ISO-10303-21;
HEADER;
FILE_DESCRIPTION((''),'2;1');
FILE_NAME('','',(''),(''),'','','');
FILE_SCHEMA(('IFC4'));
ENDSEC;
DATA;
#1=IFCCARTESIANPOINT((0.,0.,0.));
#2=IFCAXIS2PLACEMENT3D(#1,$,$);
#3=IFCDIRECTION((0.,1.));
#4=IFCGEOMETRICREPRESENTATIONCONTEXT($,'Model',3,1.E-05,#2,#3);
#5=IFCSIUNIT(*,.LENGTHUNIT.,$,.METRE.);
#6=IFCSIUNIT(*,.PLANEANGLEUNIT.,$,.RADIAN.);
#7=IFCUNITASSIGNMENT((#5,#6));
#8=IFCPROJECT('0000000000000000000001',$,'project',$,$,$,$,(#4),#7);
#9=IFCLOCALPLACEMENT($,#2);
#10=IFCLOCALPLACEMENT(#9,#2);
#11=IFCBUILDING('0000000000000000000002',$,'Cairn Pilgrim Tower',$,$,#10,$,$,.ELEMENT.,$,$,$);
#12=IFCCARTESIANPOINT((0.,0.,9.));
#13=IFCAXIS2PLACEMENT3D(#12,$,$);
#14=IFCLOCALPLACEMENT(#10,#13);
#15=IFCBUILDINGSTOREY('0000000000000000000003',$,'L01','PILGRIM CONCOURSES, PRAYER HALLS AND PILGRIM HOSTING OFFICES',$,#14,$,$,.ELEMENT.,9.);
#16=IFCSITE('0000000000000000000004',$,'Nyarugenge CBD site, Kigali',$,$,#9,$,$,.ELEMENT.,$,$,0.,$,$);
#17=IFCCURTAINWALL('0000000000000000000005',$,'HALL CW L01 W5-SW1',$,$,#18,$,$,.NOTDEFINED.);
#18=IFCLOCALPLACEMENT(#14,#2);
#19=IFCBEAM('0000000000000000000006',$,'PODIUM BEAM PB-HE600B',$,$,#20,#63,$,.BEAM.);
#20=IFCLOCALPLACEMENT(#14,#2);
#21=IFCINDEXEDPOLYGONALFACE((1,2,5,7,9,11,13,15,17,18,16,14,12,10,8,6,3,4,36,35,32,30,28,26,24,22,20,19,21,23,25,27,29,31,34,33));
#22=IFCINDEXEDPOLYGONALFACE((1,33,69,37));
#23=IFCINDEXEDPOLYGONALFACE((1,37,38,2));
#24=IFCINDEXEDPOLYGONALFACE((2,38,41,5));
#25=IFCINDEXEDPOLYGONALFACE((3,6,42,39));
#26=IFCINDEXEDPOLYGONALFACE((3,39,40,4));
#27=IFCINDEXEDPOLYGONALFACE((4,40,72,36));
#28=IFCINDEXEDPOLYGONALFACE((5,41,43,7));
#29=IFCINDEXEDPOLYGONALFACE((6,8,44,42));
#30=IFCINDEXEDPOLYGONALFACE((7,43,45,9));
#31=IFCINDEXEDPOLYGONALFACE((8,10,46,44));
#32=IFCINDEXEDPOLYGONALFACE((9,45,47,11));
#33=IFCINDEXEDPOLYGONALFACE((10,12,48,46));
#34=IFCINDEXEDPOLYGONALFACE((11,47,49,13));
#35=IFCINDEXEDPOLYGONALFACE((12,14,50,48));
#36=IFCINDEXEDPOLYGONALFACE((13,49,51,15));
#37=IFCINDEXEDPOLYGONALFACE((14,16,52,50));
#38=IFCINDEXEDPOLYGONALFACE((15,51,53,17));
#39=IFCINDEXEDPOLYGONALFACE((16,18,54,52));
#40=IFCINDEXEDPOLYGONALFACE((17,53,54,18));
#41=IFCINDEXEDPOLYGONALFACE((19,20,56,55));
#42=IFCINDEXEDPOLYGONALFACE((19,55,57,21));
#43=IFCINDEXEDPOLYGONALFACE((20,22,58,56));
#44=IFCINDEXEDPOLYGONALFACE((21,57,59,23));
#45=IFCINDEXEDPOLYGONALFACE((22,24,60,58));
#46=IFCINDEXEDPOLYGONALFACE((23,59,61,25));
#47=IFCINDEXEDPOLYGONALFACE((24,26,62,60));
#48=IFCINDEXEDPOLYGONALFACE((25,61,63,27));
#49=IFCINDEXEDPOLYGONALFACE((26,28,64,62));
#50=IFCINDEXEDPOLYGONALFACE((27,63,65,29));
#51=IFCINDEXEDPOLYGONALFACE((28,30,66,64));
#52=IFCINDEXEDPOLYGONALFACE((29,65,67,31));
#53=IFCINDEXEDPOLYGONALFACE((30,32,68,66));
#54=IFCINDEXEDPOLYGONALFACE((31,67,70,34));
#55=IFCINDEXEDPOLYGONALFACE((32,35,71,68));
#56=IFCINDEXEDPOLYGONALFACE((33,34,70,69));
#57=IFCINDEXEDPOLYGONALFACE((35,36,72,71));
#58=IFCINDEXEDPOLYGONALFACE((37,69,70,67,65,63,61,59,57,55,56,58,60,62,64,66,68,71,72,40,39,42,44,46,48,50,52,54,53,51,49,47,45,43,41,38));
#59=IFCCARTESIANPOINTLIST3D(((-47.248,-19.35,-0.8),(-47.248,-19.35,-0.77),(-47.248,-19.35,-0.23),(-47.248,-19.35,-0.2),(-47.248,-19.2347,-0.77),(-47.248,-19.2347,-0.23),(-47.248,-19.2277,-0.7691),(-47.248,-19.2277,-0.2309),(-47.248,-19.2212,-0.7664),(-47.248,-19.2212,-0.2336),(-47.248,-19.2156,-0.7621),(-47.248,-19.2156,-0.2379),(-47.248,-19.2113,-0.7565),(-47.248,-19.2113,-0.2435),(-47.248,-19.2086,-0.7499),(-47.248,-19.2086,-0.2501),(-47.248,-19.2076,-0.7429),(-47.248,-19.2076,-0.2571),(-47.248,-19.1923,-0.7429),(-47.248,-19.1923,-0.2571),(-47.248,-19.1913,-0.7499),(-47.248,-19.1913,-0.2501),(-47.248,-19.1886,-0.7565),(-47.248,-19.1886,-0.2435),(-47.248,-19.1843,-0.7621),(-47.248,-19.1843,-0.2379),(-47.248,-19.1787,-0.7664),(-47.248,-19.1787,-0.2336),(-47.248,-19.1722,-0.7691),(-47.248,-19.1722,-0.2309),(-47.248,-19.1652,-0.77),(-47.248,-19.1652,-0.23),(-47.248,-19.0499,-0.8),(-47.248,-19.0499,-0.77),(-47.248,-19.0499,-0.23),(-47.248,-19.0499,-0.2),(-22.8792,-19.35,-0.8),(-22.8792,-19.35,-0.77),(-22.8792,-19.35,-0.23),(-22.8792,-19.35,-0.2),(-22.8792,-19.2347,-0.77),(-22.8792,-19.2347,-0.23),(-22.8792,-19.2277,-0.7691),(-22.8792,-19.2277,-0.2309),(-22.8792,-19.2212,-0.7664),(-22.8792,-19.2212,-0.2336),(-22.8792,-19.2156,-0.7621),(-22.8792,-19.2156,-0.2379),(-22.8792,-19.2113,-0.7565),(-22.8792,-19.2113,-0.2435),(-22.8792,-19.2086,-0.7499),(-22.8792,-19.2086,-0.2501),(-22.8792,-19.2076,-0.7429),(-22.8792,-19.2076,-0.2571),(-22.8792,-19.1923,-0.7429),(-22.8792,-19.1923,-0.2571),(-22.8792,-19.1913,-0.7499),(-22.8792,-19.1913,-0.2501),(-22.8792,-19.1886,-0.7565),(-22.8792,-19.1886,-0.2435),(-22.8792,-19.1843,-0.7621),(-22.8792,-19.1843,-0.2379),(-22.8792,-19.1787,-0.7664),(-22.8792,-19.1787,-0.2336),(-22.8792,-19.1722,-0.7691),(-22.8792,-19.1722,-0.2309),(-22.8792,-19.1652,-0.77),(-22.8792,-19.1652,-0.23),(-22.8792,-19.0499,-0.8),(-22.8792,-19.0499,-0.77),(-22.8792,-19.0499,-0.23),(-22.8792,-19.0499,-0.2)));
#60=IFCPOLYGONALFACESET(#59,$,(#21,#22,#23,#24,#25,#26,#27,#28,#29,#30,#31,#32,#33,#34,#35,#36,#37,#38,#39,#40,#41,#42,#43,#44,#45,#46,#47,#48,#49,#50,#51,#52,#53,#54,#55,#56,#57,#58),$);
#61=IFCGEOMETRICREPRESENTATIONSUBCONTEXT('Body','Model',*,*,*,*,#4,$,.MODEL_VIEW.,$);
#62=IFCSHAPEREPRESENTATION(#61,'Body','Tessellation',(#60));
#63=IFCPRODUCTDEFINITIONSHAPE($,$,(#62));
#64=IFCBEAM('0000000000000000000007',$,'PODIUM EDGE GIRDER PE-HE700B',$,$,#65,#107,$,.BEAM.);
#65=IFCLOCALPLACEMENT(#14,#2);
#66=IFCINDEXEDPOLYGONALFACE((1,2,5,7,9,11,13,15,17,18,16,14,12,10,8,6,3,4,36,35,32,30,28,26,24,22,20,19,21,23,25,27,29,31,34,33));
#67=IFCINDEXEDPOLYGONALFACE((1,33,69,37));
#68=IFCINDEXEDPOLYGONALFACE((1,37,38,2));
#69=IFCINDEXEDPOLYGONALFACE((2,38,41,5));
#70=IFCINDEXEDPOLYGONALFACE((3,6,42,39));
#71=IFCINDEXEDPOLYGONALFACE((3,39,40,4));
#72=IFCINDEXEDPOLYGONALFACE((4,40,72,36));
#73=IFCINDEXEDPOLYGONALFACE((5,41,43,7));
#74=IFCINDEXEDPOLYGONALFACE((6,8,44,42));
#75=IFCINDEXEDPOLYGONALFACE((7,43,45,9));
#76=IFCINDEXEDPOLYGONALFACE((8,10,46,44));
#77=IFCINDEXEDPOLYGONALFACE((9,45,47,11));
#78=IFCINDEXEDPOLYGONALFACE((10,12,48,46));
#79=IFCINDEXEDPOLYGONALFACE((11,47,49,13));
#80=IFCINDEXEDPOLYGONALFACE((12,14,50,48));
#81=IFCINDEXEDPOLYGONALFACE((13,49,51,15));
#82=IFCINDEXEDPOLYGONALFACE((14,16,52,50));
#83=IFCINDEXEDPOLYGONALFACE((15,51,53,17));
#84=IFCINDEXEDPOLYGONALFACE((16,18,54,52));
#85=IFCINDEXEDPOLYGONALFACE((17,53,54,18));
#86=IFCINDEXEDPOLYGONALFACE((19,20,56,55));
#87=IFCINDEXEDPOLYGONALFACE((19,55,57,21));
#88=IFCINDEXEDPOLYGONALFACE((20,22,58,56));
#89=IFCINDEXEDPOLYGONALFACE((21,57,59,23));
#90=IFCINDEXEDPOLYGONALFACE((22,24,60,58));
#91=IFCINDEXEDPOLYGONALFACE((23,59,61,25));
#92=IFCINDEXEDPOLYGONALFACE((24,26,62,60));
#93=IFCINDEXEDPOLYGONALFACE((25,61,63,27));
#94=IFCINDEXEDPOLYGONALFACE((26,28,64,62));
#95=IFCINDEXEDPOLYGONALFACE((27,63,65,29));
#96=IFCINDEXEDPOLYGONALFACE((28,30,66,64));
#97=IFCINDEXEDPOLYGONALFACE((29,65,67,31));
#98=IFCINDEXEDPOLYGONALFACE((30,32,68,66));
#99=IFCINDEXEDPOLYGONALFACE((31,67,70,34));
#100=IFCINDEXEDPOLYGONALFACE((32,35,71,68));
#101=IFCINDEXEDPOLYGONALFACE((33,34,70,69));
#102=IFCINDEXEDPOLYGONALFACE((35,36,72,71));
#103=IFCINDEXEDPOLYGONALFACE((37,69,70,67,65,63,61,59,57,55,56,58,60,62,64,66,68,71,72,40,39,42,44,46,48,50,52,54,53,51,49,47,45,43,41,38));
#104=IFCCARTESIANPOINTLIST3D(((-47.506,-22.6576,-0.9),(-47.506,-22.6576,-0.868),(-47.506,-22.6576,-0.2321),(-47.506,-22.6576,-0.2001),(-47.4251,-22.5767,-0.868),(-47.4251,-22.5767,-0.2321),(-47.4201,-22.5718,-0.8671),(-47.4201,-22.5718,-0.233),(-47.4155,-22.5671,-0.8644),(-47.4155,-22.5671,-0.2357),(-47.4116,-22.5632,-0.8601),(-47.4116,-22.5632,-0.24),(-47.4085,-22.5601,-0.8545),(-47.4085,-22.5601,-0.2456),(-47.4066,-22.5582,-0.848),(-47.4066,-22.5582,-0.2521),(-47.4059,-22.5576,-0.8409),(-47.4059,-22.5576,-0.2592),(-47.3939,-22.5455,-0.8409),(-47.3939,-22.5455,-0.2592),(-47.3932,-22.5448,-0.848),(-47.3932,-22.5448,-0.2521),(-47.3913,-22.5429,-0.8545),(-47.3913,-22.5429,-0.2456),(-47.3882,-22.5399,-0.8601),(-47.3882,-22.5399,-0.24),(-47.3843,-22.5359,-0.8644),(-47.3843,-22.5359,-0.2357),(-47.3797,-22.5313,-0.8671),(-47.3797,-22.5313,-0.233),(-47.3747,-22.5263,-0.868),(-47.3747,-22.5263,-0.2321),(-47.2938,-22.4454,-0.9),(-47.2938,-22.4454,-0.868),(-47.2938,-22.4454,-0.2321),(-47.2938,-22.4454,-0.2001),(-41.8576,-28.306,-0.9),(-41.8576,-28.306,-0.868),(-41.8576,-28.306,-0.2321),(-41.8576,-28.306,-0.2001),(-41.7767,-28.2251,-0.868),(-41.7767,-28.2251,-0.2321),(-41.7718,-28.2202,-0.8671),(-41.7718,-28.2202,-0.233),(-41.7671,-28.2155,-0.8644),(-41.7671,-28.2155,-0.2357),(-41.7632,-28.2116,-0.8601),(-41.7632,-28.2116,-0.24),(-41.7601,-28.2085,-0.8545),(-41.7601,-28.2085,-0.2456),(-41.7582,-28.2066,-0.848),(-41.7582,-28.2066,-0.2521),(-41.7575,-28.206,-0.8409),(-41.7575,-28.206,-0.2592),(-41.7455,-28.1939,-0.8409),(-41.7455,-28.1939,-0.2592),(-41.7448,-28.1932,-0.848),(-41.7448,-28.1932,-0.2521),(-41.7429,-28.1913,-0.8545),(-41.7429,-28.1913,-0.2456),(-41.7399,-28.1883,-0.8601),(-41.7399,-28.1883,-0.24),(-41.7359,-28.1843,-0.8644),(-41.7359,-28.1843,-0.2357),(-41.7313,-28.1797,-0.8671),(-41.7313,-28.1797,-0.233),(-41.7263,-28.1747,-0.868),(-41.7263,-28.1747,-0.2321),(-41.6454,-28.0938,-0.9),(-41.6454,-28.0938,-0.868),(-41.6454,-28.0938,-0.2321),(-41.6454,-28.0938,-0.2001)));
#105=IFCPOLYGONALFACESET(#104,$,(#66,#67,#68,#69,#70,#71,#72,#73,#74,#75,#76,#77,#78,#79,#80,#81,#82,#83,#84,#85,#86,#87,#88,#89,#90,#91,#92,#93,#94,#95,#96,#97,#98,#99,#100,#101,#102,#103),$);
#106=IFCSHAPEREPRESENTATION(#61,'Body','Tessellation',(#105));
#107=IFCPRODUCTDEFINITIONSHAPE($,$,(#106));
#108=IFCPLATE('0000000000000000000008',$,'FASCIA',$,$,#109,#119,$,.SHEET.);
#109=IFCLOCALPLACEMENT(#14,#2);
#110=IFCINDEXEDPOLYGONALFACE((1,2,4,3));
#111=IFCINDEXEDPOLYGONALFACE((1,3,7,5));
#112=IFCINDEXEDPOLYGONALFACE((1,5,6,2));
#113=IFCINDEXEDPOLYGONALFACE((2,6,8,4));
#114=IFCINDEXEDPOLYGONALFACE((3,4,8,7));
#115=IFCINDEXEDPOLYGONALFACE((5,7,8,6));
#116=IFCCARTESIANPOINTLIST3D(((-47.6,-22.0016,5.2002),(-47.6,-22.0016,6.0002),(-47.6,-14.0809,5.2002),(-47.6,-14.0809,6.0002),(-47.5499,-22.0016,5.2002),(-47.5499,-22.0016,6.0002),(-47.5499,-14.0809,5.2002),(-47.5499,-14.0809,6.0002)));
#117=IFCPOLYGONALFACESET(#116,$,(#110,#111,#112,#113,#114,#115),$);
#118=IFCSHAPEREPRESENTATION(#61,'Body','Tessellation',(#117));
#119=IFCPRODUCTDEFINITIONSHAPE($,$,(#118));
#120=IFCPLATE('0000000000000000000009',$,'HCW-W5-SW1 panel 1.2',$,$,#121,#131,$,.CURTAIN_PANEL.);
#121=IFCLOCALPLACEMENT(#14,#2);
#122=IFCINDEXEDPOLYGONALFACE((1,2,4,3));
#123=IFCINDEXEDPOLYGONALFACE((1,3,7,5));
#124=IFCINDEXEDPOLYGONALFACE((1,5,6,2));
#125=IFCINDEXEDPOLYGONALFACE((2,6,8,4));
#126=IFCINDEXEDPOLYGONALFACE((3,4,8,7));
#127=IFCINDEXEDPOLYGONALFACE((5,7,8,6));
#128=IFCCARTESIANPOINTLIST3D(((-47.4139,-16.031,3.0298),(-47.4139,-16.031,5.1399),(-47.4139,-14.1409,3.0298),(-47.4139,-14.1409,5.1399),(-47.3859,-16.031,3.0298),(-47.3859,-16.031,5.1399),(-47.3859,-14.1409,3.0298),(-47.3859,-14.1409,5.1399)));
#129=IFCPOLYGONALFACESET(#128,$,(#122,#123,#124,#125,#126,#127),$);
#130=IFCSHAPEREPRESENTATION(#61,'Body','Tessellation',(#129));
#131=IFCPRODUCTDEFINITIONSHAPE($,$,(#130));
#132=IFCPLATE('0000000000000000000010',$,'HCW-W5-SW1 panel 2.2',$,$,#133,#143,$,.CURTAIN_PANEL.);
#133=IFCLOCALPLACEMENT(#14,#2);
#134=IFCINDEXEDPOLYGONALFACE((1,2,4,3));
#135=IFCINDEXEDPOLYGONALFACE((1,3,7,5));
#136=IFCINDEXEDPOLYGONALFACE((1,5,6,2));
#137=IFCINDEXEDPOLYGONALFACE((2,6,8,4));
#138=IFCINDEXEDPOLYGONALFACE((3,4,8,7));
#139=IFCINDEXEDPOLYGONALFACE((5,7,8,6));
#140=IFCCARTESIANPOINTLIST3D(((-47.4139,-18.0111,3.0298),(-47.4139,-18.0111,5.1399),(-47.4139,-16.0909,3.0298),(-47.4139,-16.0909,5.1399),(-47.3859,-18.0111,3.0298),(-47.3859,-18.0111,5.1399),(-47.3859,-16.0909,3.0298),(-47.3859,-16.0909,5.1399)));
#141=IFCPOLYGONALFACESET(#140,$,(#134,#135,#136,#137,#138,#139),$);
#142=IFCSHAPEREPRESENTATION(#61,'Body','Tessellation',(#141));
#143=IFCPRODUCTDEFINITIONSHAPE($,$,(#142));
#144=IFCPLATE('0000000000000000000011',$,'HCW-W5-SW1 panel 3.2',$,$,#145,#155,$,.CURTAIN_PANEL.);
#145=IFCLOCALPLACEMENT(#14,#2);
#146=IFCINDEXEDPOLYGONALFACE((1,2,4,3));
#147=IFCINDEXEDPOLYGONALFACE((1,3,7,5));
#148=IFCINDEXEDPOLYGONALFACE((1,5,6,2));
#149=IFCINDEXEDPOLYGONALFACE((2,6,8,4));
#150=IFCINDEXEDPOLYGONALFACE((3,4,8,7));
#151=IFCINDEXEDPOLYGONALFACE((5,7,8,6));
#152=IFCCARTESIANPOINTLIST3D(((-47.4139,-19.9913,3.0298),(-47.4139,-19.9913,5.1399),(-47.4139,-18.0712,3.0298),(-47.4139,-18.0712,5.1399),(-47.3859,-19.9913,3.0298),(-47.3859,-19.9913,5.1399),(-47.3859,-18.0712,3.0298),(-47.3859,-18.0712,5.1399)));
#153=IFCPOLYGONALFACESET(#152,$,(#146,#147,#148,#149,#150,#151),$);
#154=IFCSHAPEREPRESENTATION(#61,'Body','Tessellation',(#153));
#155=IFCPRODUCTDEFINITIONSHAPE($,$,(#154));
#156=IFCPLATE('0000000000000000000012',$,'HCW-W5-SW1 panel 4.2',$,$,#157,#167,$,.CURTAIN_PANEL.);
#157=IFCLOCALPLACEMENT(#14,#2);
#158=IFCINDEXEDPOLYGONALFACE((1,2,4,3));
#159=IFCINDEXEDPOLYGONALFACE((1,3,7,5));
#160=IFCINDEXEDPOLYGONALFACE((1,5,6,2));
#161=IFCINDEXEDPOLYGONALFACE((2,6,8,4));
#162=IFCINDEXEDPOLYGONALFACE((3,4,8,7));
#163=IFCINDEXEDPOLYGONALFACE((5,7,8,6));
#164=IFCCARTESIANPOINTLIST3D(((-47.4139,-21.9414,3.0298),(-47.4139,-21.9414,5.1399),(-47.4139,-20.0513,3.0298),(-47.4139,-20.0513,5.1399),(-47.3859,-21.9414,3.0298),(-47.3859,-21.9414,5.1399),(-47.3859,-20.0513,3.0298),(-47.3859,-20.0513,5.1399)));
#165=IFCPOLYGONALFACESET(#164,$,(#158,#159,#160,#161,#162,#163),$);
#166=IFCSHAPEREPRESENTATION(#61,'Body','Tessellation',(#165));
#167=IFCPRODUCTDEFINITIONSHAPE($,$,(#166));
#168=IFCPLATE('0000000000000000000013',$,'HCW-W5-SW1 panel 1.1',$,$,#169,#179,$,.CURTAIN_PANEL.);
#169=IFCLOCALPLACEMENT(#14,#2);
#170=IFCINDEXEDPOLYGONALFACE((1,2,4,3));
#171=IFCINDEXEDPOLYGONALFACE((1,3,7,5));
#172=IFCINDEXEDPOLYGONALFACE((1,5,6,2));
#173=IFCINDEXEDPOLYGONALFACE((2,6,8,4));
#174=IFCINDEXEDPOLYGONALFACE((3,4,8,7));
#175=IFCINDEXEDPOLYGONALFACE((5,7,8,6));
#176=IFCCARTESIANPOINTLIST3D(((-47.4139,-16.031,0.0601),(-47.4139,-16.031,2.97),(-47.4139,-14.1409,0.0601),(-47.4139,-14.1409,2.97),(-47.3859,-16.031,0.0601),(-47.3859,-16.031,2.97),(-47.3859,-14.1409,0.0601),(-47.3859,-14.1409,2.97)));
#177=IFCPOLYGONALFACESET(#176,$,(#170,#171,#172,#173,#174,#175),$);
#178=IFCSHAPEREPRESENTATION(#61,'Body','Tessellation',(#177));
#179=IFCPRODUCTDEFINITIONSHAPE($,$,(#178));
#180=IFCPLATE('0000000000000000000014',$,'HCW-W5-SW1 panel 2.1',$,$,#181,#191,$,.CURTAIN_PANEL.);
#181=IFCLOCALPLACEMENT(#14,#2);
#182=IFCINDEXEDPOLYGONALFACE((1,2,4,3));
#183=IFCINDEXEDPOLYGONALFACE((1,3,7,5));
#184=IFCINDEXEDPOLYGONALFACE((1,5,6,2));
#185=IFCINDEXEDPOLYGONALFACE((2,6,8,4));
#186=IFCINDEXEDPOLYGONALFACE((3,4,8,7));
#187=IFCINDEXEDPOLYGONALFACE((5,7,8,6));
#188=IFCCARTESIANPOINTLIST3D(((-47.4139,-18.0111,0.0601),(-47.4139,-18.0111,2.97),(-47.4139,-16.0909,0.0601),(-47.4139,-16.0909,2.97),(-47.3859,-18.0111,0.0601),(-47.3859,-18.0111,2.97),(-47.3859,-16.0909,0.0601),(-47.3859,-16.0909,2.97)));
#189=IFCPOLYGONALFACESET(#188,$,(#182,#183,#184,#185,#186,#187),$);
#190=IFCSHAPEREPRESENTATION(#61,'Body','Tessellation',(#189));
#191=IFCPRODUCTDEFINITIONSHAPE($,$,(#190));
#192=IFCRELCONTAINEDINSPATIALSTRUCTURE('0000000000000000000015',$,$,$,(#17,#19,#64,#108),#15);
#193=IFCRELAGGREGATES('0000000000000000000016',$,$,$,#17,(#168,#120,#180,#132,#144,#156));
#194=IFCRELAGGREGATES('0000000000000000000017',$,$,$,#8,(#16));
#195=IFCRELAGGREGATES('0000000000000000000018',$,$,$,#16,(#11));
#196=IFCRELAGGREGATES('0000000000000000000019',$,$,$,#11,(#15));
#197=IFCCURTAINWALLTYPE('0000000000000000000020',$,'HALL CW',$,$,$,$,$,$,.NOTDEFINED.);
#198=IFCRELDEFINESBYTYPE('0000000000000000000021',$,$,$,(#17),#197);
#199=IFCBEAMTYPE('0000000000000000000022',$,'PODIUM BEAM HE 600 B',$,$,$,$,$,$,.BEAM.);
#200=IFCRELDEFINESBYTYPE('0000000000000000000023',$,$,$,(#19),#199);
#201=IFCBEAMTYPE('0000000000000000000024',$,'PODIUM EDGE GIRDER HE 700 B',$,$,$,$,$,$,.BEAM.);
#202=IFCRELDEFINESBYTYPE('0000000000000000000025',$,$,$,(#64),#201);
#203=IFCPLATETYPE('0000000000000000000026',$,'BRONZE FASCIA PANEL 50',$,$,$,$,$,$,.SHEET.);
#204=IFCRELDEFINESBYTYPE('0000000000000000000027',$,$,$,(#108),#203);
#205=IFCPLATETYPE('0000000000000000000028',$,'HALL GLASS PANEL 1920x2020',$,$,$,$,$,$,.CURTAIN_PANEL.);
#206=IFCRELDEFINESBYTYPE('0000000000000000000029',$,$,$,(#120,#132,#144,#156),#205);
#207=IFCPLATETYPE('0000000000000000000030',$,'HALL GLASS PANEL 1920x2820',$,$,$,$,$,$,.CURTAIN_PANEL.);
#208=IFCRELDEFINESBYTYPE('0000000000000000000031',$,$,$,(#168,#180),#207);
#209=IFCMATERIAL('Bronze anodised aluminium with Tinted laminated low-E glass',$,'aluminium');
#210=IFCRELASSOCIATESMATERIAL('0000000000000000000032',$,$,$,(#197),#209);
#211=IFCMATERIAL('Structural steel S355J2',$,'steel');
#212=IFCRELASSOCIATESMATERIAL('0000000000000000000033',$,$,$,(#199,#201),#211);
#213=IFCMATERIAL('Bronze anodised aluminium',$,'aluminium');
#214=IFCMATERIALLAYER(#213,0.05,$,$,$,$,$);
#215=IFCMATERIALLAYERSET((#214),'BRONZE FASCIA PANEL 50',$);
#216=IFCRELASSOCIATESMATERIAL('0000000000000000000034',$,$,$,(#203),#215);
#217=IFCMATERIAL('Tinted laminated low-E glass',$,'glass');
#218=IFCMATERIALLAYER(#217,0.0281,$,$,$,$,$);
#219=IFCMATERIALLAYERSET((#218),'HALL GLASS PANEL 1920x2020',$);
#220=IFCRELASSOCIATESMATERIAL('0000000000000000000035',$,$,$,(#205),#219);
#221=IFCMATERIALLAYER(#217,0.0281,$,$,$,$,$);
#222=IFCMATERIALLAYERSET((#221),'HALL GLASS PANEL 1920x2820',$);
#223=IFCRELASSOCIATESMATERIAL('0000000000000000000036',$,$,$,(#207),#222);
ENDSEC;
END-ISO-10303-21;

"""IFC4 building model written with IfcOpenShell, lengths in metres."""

from ifc_helpers import new_model, si_unit, direction, frame, origin, origin_2d, place, context, subcontext, project, spatial, rectangle, i_section, extrude, material, layer, layer_set, material_profile, profile_set, type_object, element, aggregate, save


model = new_model("IFC4")

# Units and contexts
model_context = context("Model", 3, precision=1e-05, world=origin(), true_north=direction((0.0, 1.0)))
body_context = subcontext(model_context, "Body", "Model", "MODEL_VIEW")
ifc_project = project(units=[si_unit("LENGTHUNIT", "METRE"), si_unit("PLANEANGLEUNIT", "RADIAN")], contexts=[model_context])

# Site, building, storey
site_placement = place(None, origin())
site = spatial("IfcSite", under=ifc_project, at=site_placement, Name="Nyarugenge CBD site, Kigali", CompositionType="ELEMENT", RefElevation=0.0)
building_placement = place(site_placement, origin())
building = spatial("IfcBuilding", under=site, at=building_placement, Name="Cairn Pilgrim Tower", CompositionType="ELEMENT")
storey_placement = place(building_placement, frame((0.0, 0.0, 9.0)))
storey = spatial("IfcBuildingStorey", under=building, at=storey_placement, Name="L01", Description="PILGRIM CONCOURSES, PRAYER HALLS AND PILGRIM HOSTING OFFICES", CompositionType="ELEMENT", Elevation=9.0)

# Curtain wall
ifc_material_1 = material(Name="Bronze anodised aluminium with Tinted laminated low-E glass", Category="aluminium")
curtain_wall_type = type_object("IfcCurtainWallType", Name="HALL CW", PredefinedType="NOTDEFINED", material=ifc_material_1)
curtain_wall_placement = place(storey_placement, origin())
curtain_wall = element("IfcCurtainWall", 1, at=curtain_wall_placement, inside=storey, type_object=curtain_wall_type, Name="HALL CW L01 W5-SW1", PredefinedType="NOTDEFINED")
ifc_material_2 = material(Name="Bronze anodised aluminium", Category="aluminium")

# Beams
ifc_material_3 = material(Name="Structural steel S355J2", Category="steel")
ifc_material_profile_1 = material_profile(ifc_material_3, i_section(OverallWidth=0.3, OverallDepth=0.6001, WebThickness=0.0154, FlangeThickness=0.03, FilletRadius=0.0271, at=origin_2d()), Name="HEB 600")
ifc_profile_set_1 = profile_set([ifc_material_profile_1], Name="Structural steel S355J2")
beam_type_1 = type_object("IfcBeamType", Name="PODIUM BEAM HE 600 B", PredefinedType="BEAM", material=ifc_profile_set_1)
beam_1_placement = place(storey_placement, frame((-47.248, -19.2, -0.5), z_axis=(1.0, 0.0, 0.0), x_axis=(0.0, 1.0, 0.0)))
element("IfcBeam", 2, at=beam_1_placement, inside=storey, type_object=beam_type_1, Name="PODIUM BEAM PB-HE600B", PredefinedType="BEAM", context=body_context, shape_type="SweptSolid", body=[
    extrude(i_section(OverallWidth=0.3, OverallDepth=0.6001, WebThickness=0.0154, FlangeThickness=0.03, FilletRadius=0.0271, at=origin_2d()), origin(), (0.0, 0.0, 1.0), 24.3689),
])
ifc_material_profile_2 = material_profile(ifc_material_3, i_section(OverallWidth=0.3, OverallDepth=0.7, WebThickness=0.0171, FlangeThickness=0.032, FilletRadius=0.0271, at=origin_2d()), Name="HEB 700")
ifc_profile_set_2 = profile_set([ifc_material_profile_2], Name="Structural steel S355J2")
beam_type_2 = type_object("IfcBeamType", Name="PODIUM EDGE GIRDER HE 700 B", PredefinedType="BEAM", material=ifc_profile_set_2)
beam_2_placement = place(storey_placement, frame((-47.3999, -22.5515, -0.55), z_axis=(0.707107, -0.707107, 0.0), x_axis=(0.707107, 0.707107, 0.0)))
element("IfcBeam", 3, at=beam_2_placement, inside=storey, type_object=beam_type_2, Name="PODIUM EDGE GIRDER PE-HE700B", PredefinedType="BEAM", context=body_context, shape_type="SweptSolid", body=[
    extrude(i_section(OverallWidth=0.3, OverallDepth=0.7, WebThickness=0.0171, FlangeThickness=0.032, FilletRadius=0.0271, at=origin_2d()), origin(), (0.0, 0.0, 1.0), 7.988),
])

# Plates
ifc_layer_1 = layer(ifc_material_2, 0.05)
ifc_layer_set_1 = layer_set([ifc_layer_1], Name="BRONZE FASCIA PANEL 50")
plate_type_1 = type_object("IfcPlateType", Name="BRONZE FASCIA PANEL 50", PredefinedType="SHEET", material=ifc_layer_set_1)
plate_1_placement = place(storey_placement, frame((-47.575, -18.0413, 5.2002), z_axis=(0.0, 0.0, 1.0), x_axis=(0.0, -1.0, 0.0)))
element("IfcPlate", 4, at=plate_1_placement, inside=storey, type_object=plate_type_1, Name="FASCIA", PredefinedType="SHEET", context=body_context, shape_type="SweptSolid", body=[
    extrude(rectangle(XDim=7.9207, YDim=0.05, at=origin_2d()), origin(), (0.0, 0.0, 1.0), 0.8),
])
ifc_material_4 = material(Name="Tinted laminated low-E glass", Category="glass")
ifc_layer_2 = layer(ifc_material_4, 0.0281)
ifc_layer_set_2 = layer_set([ifc_layer_2], Name="HALL GLASS PANEL 1920x2020")
plate_type_2 = type_object("IfcPlateType", Name="HALL GLASS PANEL 1920x2020", PredefinedType="CURTAIN_PANEL", material=ifc_layer_set_2)
plate_2_placement = place(storey_placement, frame((-47.3999, -15.0859, 3.0298), z_axis=(0.0, 0.0, 1.0), x_axis=(0.0, -1.0, 0.0)))
plate_2 = element("IfcPlate", 5, at=plate_2_placement, type_object=plate_type_2, Name="HCW-W5-SW1 panel 1.2", PredefinedType="CURTAIN_PANEL", context=body_context, shape_type="SweptSolid", body=[
    extrude(rectangle(XDim=1.8901, YDim=0.0281, at=origin_2d()), origin(), (0.0, 0.0, 1.0), 2.1101),
])
plate_3_placement = place(storey_placement, frame((-47.3999, -17.051, 3.0298), z_axis=(0.0, 0.0, 1.0), x_axis=(0.0, -1.0, 0.0)))
plate_3 = element("IfcPlate", 6, at=plate_3_placement, type_object=plate_type_2, Name="HCW-W5-SW1 panel 2.2", PredefinedType="CURTAIN_PANEL", context=body_context, shape_type="SweptSolid", body=[
    extrude(rectangle(XDim=1.9202, YDim=0.0281, at=origin_2d()), origin(), (0.0, 0.0, 1.0), 2.1101),
])
plate_4_placement = place(storey_placement, frame((-47.3999, -19.0312, 3.0298), z_axis=(0.0, 0.0, 1.0), x_axis=(0.0, -1.0, 0.0)))
plate_4 = element("IfcPlate", 7, at=plate_4_placement, type_object=plate_type_2, Name="HCW-W5-SW1 panel 3.2", PredefinedType="CURTAIN_PANEL", context=body_context, shape_type="SweptSolid", body=[
    extrude(rectangle(XDim=1.9202, YDim=0.0281, at=origin_2d()), origin(), (0.0, 0.0, 1.0), 2.1101),
])
plate_5_placement = place(storey_placement, frame((-47.3999, -20.9963, 3.0298), z_axis=(0.0, 0.0, 1.0), x_axis=(0.0, -1.0, 0.0)))
plate_5 = element("IfcPlate", 8, at=plate_5_placement, type_object=plate_type_2, Name="HCW-W5-SW1 panel 4.2", PredefinedType="CURTAIN_PANEL", context=body_context, shape_type="SweptSolid", body=[
    extrude(rectangle(XDim=1.8901, YDim=0.0281, at=origin_2d()), origin(), (0.0, 0.0, 1.0), 2.1101),
])
ifc_layer_3 = layer(ifc_material_4, 0.0281)
ifc_layer_set_3 = layer_set([ifc_layer_3], Name="HALL GLASS PANEL 1920x2820")
plate_type_3 = type_object("IfcPlateType", Name="HALL GLASS PANEL 1920x2820", PredefinedType="CURTAIN_PANEL", material=ifc_layer_set_3)
plate_6_placement = place(storey_placement, frame((-47.3999, -15.0859, 0.0601), z_axis=(0.0, 0.0, 1.0), x_axis=(0.0, -1.0, 0.0)))
plate_6 = element("IfcPlate", 9, at=plate_6_placement, type_object=plate_type_3, Name="HCW-W5-SW1 panel 1.1", PredefinedType="CURTAIN_PANEL", context=body_context, shape_type="SweptSolid", body=[
    extrude(rectangle(XDim=1.8901, YDim=0.0281, at=origin_2d()), origin(), (0.0, 0.0, 1.0), 2.9099),
])
plate_7_placement = place(storey_placement, frame((-47.3999, -17.051, 0.0601), z_axis=(0.0, 0.0, 1.0), x_axis=(0.0, -1.0, 0.0)))
plate_7 = element("IfcPlate", 10, at=plate_7_placement, type_object=plate_type_3, Name="HCW-W5-SW1 panel 2.1", PredefinedType="CURTAIN_PANEL", context=body_context, shape_type="SweptSolid", body=[
    extrude(rectangle(XDim=1.9202, YDim=0.0281, at=origin_2d()), origin(), (0.0, 0.0, 1.0), 2.9099),
])
aggregate(curtain_wall, [plate_6, plate_2, plate_7, plate_3, plate_4, plate_5])

save(model, "model.ifc")
